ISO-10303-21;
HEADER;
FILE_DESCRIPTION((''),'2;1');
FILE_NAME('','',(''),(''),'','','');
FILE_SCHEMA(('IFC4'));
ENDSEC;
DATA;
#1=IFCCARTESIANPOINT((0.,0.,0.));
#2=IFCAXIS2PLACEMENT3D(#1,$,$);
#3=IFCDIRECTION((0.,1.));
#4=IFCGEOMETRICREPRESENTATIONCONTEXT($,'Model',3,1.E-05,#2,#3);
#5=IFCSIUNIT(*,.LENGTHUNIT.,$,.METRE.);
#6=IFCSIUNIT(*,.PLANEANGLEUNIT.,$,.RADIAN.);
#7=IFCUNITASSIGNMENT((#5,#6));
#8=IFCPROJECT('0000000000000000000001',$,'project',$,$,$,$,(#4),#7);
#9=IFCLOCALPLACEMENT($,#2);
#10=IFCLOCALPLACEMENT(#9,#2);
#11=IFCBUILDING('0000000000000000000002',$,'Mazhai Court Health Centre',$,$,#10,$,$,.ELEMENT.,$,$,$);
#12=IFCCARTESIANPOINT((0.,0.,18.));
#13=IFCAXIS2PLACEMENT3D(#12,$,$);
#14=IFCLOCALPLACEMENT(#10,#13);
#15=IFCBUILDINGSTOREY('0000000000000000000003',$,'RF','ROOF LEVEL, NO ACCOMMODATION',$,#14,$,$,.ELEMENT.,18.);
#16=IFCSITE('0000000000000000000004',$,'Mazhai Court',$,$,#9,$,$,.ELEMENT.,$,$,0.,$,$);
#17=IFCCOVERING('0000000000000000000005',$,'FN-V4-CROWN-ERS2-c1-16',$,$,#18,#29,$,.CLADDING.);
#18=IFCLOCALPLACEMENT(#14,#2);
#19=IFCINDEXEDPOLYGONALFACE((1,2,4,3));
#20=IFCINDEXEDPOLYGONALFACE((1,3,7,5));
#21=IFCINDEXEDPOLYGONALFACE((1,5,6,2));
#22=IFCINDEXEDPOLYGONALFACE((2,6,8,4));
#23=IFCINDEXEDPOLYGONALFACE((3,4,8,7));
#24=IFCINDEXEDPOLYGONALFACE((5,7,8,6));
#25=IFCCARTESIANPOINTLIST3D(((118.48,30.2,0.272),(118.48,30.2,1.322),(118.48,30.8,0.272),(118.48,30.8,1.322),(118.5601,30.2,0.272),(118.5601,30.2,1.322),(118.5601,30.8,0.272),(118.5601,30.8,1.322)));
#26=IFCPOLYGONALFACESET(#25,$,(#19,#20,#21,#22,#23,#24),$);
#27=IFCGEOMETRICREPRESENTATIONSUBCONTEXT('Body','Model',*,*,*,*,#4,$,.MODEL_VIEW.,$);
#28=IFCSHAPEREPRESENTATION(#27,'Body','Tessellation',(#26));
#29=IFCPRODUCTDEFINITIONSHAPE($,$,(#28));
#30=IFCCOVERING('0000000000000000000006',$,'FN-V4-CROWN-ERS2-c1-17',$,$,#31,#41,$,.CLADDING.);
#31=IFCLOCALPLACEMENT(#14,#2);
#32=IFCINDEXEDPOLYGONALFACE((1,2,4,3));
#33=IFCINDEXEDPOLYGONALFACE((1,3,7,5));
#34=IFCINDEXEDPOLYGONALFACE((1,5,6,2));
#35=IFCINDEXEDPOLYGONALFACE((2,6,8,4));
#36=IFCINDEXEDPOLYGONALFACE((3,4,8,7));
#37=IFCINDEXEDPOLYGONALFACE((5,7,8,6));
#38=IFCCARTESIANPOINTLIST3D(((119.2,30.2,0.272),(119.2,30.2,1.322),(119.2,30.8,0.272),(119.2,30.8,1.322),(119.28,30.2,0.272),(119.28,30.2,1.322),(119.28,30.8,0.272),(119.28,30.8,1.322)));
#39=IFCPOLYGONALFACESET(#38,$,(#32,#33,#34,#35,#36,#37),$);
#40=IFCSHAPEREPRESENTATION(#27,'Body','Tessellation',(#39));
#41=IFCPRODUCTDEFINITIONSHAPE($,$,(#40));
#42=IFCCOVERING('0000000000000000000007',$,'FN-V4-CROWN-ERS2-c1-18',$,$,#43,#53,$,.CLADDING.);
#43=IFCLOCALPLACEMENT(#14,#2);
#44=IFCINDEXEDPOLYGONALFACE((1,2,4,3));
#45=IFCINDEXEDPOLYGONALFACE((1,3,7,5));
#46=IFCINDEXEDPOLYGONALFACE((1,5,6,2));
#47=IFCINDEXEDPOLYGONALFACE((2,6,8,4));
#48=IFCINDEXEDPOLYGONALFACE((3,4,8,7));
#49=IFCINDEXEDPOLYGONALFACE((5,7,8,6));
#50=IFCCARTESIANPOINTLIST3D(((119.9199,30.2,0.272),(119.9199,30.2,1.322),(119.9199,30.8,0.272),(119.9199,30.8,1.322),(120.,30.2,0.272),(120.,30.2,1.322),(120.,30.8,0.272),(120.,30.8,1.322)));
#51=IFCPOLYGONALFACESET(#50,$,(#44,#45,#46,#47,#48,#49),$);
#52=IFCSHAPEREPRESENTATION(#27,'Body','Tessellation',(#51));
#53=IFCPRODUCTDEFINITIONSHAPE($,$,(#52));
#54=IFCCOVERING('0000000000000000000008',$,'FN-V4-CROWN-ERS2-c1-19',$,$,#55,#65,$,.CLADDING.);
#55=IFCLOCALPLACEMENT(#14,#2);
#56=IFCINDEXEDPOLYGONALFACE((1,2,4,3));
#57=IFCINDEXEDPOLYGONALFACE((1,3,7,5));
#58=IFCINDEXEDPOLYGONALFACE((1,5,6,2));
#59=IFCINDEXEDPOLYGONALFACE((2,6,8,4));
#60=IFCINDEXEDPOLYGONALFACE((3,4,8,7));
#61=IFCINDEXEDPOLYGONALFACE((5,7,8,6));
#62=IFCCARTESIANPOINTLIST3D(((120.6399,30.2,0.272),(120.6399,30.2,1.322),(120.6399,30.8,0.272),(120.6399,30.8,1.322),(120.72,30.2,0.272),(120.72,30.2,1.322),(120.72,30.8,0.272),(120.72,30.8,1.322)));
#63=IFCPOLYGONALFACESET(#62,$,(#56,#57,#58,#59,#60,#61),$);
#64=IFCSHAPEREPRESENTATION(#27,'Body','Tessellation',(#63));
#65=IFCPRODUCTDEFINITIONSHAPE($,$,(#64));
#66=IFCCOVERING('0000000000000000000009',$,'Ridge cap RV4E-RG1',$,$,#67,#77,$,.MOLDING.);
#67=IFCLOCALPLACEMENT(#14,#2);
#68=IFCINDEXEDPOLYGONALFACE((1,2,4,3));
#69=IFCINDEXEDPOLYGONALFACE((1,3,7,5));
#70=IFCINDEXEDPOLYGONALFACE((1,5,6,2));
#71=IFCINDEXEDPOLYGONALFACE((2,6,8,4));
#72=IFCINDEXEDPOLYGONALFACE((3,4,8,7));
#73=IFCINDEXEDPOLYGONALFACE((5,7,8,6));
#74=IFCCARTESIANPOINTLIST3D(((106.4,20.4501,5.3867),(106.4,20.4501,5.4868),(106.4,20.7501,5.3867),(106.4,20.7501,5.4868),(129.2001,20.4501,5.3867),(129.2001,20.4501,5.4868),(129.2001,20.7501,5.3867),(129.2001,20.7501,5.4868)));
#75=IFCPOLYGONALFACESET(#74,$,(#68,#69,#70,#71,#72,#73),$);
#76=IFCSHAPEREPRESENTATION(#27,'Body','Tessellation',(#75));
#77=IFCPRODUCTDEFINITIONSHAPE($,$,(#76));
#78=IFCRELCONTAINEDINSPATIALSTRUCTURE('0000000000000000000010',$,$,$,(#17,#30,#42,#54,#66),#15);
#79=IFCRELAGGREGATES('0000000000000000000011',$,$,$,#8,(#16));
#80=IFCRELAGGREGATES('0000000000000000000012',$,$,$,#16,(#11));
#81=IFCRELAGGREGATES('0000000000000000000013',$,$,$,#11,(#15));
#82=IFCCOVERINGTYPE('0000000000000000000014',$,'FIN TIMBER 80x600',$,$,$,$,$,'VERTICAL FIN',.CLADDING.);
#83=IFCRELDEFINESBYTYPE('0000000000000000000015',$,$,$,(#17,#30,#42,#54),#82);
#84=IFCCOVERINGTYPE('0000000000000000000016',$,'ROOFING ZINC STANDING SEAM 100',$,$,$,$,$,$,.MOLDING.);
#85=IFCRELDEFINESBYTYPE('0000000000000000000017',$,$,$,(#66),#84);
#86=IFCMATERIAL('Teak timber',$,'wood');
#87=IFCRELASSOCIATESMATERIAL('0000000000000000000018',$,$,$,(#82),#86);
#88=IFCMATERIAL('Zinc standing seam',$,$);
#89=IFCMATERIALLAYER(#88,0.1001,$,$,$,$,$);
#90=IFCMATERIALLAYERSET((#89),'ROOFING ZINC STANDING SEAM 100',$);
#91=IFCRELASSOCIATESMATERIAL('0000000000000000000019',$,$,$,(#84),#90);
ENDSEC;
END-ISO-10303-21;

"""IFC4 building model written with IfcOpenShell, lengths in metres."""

from ifc_helpers import new_model, si_unit, direction, frame, origin, origin_2d, place, context, subcontext, project, spatial, rectangle, extrude, material, layer, layer_set, type_object, element, save


model = new_model("IFC4")

# Units and contexts
model_context = context("Model", 3, precision=1e-05, world=origin(), true_north=direction((0.0, 1.0)))
body_context = subcontext(model_context, "Body", "Model", "MODEL_VIEW")
ifc_project = project(units=[si_unit("LENGTHUNIT", "METRE"), si_unit("PLANEANGLEUNIT", "RADIAN")], contexts=[model_context])

# Site, building, storey
site_placement = place(None, origin())
site = spatial("IfcSite", under=ifc_project, at=site_placement, Name="Mazhai Court", CompositionType="ELEMENT", RefElevation=0.0)
building_placement = place(site_placement, origin())
building = spatial("IfcBuilding", under=site, at=building_placement, Name="Mazhai Court Health Centre", CompositionType="ELEMENT")
storey_placement = place(building_placement, frame((0.0, 0.0, 18.0)))
storey = spatial("IfcBuildingStorey", under=building, at=storey_placement, Name="RF", Description="ROOF LEVEL, NO ACCOMMODATION", CompositionType="ELEMENT", Elevation=18.0)

# Coverings
ifc_material_1 = material(Name="Teak timber", Category="wood")
covering_type_1 = type_object("IfcCoveringType", Name="FIN TIMBER 80x600", ElementType="VERTICAL FIN", PredefinedType="CLADDING", material=ifc_material_1)
for number, where, z_axis, x_axis, name in (
    (1, (118.52, 30.5, 0.272), (0.0, 0.0, 1.0), (1.0, 0.0, 0.0), "FN-V4-CROWN-ERS2-c1-16"),
    (2, (119.24, 30.5, 0.272), (0.0, 0.0, 1.0), (1.0, 0.0, 0.0), "FN-V4-CROWN-ERS2-c1-17"),
    (3, (119.96, 30.5, 0.272), (0.0, 0.0, 1.0), (1.0, 0.0, 0.0), "FN-V4-CROWN-ERS2-c1-18"),
    (4, (120.6799, 30.5, 0.272), (0.0, 0.0, 1.0), (1.0, 0.0, 0.0), "FN-V4-CROWN-ERS2-c1-19"),
):
    element("IfcCovering", number, at=place(storey_placement, frame(where, z_axis=z_axis, x_axis=x_axis)), inside=storey, type_object=covering_type_1, Name=name, PredefinedType="CLADDING", context=body_context, shape_type="SweptSolid", body=[
        extrude(rectangle(XDim=0.0801, YDim=0.6001, at=origin_2d()), origin(), (0.0, 0.0, 1.0), 1.05),
    ])
ifc_material_2 = material(Name="Zinc standing seam")
ifc_layer_1 = layer(ifc_material_2, 0.1001)
ifc_layer_set_1 = layer_set([ifc_layer_1], Name="ROOFING ZINC STANDING SEAM 100")
covering_type_2 = type_object("IfcCoveringType", Name="ROOFING ZINC STANDING SEAM 100", PredefinedType="MOLDING", material=ifc_layer_set_1)
covering_placement = place(storey_placement, frame((117.8, 20.6001, 5.3867), z_axis=(0.0, 0.0, 1.0), x_axis=(1.0, 0.0, 0.0)))
element("IfcCovering", 5, at=covering_placement, inside=storey, type_object=covering_type_2, Name="Ridge cap RV4E-RG1", PredefinedType="MOLDING", context=body_context, shape_type="SweptSolid", body=[
    extrude(rectangle(XDim=22.8, YDim=0.3, at=origin_2d()), origin(), (0.0, 0.0, 1.0), 0.1001),
])

save(model, "model.ifc")
